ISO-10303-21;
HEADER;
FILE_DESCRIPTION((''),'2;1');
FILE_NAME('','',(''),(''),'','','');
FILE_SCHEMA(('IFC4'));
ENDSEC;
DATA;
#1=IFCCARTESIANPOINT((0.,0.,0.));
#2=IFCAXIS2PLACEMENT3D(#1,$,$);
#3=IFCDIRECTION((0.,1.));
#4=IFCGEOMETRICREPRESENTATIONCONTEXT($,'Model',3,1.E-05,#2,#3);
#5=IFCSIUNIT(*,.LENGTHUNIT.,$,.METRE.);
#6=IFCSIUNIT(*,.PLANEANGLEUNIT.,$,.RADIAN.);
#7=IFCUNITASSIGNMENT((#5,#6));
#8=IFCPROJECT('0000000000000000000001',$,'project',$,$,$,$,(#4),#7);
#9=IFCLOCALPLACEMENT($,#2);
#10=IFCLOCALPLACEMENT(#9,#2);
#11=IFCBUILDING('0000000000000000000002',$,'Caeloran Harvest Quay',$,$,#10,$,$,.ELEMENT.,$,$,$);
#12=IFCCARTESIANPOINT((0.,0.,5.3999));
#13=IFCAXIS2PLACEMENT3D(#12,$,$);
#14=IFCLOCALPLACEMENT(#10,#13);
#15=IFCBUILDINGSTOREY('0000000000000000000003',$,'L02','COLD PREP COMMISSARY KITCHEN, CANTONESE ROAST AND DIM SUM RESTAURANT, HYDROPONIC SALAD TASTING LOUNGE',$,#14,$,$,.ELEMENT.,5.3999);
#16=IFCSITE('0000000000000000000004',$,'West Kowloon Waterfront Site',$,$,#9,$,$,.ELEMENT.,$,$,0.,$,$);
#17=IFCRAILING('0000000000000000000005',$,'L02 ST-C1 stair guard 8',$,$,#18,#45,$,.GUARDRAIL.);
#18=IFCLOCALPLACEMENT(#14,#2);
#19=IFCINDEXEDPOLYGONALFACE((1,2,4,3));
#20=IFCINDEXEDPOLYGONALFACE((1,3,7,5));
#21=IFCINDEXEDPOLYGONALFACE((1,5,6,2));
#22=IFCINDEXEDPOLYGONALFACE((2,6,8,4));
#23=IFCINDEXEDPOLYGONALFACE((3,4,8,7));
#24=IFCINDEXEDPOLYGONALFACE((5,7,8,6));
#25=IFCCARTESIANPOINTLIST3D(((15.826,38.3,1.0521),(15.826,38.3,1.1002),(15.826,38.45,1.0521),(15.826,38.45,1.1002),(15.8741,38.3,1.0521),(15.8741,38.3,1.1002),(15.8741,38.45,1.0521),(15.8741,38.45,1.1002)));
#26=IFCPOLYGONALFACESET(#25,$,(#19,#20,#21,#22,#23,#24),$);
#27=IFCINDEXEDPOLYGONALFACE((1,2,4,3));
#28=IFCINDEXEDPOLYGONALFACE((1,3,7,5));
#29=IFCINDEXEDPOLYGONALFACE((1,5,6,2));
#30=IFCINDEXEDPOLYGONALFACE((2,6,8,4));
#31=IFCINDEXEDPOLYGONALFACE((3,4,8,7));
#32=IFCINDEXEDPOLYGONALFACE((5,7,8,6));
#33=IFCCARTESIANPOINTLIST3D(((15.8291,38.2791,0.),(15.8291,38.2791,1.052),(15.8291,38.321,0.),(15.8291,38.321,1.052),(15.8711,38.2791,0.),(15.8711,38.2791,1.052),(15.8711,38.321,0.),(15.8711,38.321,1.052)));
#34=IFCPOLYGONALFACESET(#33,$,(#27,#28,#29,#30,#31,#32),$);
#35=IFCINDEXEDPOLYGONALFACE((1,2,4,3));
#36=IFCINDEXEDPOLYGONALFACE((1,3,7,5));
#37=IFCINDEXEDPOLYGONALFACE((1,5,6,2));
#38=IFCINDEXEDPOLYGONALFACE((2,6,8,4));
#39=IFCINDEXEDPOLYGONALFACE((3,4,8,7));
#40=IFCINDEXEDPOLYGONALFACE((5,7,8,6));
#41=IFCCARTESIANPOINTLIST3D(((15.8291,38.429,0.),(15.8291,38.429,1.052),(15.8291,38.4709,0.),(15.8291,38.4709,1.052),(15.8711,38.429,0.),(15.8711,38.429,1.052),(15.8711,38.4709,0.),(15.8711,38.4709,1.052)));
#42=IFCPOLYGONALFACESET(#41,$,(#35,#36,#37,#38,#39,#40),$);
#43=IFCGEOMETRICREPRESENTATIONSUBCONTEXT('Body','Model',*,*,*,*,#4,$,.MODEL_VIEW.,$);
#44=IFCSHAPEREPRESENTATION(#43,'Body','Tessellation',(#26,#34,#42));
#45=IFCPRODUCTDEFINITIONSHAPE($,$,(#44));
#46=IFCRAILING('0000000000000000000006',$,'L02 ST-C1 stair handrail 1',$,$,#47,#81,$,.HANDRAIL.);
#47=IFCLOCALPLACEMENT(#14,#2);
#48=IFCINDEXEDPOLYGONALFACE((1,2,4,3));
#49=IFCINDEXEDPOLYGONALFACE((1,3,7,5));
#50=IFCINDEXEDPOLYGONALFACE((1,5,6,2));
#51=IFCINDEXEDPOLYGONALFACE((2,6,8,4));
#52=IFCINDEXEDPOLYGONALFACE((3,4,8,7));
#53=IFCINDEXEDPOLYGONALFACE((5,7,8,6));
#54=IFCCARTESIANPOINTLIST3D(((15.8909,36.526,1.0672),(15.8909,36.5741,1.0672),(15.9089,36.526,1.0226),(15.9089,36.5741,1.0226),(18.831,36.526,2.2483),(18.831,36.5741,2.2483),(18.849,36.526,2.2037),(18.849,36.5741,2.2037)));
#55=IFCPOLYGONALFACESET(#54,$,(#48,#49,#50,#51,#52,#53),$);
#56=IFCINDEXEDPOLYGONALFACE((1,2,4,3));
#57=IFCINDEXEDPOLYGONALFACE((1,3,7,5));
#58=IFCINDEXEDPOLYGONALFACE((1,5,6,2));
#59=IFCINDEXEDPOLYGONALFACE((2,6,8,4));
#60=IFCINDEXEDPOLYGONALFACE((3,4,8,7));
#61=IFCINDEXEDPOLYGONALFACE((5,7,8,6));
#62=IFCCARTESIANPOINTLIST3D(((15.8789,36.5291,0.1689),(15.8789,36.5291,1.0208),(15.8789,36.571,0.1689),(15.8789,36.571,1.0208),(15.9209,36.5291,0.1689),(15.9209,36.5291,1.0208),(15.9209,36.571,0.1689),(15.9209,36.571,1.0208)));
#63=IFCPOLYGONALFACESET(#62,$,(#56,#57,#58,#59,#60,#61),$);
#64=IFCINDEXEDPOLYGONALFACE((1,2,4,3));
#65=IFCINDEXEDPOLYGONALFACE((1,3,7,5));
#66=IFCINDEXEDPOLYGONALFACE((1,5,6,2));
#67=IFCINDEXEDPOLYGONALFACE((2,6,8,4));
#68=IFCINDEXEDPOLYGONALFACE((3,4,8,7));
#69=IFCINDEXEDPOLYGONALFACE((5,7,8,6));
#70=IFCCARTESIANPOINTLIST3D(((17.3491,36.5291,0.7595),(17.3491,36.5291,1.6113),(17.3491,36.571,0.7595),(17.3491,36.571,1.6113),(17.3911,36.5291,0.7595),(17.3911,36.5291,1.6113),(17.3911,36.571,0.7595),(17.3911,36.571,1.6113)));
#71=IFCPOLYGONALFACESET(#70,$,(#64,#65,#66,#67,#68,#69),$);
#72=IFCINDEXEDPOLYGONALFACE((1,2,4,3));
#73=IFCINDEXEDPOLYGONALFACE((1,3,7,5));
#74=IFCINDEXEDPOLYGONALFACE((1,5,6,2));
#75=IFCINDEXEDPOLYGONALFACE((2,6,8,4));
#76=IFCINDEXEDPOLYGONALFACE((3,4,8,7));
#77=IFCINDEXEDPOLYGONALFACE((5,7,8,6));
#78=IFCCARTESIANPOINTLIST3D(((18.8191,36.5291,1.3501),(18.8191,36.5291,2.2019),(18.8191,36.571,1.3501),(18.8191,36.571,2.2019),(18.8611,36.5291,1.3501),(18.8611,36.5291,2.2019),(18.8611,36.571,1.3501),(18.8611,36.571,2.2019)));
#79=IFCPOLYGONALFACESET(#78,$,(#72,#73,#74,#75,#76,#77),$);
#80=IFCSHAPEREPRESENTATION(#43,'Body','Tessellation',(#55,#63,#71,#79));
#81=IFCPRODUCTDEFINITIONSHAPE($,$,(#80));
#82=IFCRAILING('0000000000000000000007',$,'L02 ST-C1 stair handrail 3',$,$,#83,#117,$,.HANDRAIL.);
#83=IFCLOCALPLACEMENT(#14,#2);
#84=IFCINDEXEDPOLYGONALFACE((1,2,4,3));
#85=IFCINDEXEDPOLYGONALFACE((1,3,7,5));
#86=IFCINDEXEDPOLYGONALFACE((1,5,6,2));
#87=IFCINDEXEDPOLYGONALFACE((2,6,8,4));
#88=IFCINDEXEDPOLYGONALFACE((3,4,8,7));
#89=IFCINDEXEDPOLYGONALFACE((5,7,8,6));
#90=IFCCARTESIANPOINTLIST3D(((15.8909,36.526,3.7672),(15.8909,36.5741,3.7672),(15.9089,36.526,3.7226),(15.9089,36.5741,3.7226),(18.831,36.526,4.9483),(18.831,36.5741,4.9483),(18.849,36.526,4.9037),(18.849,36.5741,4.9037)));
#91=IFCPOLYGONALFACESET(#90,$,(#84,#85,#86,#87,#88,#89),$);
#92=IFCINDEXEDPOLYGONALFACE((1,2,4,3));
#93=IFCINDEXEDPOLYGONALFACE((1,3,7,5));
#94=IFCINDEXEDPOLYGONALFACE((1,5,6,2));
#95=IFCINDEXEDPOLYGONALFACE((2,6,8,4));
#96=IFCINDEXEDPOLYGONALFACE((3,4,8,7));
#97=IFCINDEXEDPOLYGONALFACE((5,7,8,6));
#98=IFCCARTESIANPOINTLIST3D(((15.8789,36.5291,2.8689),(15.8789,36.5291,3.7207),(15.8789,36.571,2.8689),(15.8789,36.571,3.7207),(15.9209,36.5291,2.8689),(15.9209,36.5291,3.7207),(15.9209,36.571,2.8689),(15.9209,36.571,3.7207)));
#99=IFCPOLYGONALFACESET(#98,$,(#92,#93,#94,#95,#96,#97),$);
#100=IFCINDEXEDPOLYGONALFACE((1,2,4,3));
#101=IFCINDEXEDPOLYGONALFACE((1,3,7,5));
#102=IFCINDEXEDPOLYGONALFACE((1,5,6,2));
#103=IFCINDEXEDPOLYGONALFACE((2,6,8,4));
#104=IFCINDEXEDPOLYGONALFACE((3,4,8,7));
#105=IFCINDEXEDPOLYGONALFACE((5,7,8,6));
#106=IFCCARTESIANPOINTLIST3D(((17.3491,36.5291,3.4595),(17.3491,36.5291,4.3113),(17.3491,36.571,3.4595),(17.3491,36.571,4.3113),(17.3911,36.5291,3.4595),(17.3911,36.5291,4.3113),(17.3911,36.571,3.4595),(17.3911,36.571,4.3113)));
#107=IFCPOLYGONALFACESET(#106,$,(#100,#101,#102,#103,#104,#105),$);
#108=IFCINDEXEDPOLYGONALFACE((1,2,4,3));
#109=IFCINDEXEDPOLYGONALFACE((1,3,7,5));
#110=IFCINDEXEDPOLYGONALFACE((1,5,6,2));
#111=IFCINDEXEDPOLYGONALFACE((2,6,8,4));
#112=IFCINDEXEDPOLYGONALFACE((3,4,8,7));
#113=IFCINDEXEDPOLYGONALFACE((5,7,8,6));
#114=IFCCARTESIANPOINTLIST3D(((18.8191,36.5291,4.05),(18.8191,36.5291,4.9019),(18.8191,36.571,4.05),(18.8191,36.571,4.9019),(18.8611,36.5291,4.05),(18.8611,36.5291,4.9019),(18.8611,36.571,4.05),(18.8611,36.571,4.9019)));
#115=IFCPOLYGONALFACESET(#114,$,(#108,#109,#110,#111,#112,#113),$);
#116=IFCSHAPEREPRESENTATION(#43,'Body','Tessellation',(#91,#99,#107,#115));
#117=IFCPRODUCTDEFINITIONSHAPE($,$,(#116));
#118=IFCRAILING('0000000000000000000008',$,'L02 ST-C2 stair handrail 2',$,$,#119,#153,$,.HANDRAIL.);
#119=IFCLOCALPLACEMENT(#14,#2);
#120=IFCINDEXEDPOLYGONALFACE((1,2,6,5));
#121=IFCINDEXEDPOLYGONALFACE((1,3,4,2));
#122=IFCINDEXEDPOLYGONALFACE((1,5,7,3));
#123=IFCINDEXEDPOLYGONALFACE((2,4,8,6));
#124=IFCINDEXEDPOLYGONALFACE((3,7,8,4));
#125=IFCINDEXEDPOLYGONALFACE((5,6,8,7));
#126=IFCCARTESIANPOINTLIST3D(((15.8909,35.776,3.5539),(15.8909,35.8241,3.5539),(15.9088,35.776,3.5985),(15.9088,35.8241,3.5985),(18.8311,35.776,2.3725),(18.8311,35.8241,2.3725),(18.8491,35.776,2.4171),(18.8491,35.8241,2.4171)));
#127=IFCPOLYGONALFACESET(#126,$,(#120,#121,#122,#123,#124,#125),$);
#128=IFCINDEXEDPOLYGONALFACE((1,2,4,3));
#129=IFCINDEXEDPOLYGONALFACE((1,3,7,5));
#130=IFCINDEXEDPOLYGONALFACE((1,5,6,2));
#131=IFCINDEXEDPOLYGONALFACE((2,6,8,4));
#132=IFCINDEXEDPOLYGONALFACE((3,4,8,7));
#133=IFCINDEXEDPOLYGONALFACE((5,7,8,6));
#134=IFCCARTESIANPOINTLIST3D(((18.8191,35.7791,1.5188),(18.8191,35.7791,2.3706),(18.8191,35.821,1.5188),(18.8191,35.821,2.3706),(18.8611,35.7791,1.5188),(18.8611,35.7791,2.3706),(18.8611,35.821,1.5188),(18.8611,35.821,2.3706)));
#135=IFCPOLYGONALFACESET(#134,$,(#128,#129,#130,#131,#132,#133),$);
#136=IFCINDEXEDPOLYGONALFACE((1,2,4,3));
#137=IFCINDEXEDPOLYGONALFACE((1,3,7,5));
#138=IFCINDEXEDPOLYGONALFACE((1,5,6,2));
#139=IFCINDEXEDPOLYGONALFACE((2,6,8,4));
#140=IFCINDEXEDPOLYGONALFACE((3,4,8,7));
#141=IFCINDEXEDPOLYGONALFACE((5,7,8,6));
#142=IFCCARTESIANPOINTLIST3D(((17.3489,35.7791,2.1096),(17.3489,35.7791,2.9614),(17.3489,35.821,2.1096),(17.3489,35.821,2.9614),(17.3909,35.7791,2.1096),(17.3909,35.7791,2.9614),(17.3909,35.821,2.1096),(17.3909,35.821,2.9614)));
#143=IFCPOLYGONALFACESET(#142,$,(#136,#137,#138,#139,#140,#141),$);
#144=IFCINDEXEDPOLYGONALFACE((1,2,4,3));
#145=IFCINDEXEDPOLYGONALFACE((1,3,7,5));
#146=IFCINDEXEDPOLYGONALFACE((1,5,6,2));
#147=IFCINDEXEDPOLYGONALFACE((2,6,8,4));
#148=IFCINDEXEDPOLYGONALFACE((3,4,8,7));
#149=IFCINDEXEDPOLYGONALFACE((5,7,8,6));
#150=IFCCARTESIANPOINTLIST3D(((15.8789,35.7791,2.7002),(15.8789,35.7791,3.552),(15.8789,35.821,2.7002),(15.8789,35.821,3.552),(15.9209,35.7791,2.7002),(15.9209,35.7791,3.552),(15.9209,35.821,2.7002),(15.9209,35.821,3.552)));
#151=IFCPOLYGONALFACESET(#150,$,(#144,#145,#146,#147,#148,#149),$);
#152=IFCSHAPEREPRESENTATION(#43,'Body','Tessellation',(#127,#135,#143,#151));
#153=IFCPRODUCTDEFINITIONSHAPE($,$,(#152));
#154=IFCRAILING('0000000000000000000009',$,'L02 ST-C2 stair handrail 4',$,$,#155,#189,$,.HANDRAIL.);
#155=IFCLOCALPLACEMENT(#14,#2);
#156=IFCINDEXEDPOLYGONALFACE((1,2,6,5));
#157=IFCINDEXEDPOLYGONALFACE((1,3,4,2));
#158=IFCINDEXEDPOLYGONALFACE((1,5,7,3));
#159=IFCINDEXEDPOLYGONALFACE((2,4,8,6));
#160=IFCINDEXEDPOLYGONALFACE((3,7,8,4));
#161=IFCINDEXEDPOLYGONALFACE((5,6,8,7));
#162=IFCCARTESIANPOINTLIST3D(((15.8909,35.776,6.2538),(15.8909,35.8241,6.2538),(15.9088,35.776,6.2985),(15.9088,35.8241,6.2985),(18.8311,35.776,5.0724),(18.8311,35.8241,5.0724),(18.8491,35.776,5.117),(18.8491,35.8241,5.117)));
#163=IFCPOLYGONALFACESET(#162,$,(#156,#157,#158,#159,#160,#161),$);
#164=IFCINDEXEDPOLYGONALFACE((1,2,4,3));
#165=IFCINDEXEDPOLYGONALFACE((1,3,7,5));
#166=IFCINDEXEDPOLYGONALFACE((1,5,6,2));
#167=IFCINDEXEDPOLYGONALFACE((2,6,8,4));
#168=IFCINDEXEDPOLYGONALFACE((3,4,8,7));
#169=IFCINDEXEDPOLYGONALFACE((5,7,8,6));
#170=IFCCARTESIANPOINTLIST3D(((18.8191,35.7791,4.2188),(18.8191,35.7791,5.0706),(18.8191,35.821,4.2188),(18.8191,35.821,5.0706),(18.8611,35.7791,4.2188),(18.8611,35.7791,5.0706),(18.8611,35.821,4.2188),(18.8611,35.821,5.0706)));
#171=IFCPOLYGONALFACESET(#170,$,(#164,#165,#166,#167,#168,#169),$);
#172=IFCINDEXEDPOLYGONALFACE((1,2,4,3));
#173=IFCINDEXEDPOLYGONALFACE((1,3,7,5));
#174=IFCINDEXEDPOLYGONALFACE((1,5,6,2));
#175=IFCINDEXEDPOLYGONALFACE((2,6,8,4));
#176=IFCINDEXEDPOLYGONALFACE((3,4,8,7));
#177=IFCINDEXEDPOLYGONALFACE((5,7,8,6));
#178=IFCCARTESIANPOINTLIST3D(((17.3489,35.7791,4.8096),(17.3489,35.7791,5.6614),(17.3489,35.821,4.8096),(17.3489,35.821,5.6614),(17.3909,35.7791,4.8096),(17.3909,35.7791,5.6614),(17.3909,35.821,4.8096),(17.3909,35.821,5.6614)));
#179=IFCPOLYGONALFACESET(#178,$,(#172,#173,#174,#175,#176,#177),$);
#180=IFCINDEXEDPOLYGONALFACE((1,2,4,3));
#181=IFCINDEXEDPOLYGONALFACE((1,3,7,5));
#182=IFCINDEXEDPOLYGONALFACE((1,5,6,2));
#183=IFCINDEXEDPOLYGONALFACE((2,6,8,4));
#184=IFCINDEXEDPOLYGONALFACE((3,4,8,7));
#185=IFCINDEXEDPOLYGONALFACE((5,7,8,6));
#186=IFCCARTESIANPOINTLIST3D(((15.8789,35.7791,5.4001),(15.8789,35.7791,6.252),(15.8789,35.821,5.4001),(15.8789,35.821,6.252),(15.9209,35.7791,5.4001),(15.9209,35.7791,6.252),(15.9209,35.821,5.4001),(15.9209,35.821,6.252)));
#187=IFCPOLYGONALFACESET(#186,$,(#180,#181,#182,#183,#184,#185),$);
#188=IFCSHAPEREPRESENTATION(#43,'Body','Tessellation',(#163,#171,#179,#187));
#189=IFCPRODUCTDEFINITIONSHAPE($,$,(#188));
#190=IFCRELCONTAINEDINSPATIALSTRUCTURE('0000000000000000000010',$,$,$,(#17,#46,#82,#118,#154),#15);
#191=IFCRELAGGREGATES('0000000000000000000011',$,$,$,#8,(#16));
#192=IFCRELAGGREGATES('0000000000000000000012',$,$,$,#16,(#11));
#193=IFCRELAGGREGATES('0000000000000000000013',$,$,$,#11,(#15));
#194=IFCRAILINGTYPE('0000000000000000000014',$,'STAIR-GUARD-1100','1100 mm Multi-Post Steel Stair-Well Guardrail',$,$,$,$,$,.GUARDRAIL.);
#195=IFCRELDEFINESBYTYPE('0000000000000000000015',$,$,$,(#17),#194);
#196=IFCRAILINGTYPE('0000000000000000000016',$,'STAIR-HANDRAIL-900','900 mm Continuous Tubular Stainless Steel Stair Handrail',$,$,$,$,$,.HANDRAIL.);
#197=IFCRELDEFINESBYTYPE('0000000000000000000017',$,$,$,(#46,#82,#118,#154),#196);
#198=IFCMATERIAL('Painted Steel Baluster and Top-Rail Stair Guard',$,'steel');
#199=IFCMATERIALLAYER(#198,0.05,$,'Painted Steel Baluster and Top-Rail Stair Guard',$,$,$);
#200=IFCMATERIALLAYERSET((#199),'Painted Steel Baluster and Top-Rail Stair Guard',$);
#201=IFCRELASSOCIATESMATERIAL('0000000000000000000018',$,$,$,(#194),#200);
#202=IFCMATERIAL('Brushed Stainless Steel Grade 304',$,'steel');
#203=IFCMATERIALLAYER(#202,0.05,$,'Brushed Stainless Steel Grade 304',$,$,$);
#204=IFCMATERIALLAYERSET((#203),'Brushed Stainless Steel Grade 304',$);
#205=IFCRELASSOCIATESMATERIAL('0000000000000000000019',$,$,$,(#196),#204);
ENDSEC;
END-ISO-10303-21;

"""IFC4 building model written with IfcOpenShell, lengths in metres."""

from ifc_helpers import new_model, si_unit, direction, frame, origin, origin_2d, place, context, subcontext, project, spatial, rectangle, extrude, material, layer, layer_set, type_object, element, save


model = new_model("IFC4")

# Units and contexts
model_context = context("Model", 3, precision=1e-05, world=origin(), true_north=direction((0.0, 1.0)))
body_context = subcontext(model_context, "Body", "Model", "MODEL_VIEW")
ifc_project = project(units=[si_unit("LENGTHUNIT", "METRE"), si_unit("PLANEANGLEUNIT", "RADIAN")], contexts=[model_context])

# Site, building, storey
site_placement = place(None, origin())
site = spatial("IfcSite", under=ifc_project, at=site_placement, Name="West Kowloon Waterfront Site", CompositionType="ELEMENT", RefElevation=0.0)
building_placement = place(site_placement, origin())
building = spatial("IfcBuilding", under=site, at=building_placement, Name="Caeloran Harvest Quay", CompositionType="ELEMENT")
storey_placement = place(building_placement, frame((0.0, 0.0, 5.3999)))
storey = spatial("IfcBuildingStorey", under=building, at=storey_placement, Name="L02", Description="COLD PREP COMMISSARY KITCHEN, CANTONESE ROAST AND DIM SUM RESTAURANT, HYDROPONIC SALAD TASTING LOUNGE", CompositionType="ELEMENT", Elevation=5.3999)

# Railings
ifc_material_1 = material(Name="Painted Steel Baluster and Top-Rail Stair Guard", Category="steel")
ifc_layer_1 = layer(ifc_material_1, 0.05, Name="Painted Steel Baluster and Top-Rail Stair Guard")
ifc_layer_set_1 = layer_set([ifc_layer_1], Name="Painted Steel Baluster and Top-Rail Stair Guard")
railing_type_1 = type_object("IfcRailingType", Name="STAIR-GUARD-1100", Description="1100 mm Multi-Post Steel Stair-Well Guardrail", PredefinedType="GUARDRAIL", material=ifc_layer_set_1)
railing_1_placement = place(storey_placement, frame((15.8501, 38.3, 0.0)))
element("IfcRailing", 1, at=railing_1_placement, inside=storey, type_object=railing_type_1, Name="L02 ST-C1 stair guard 8", PredefinedType="GUARDRAIL", context=body_context, shape_type="SweptSolid", body=[
    extrude(rectangle(XDim=0.0481, YDim=0.0481, at=origin_2d()), frame((0.0, 0.0, 1.0762), z_axis=(0.0, 1.0, 0.0), x_axis=(-1.0, 0.0, 0.0)), (0.0, 0.0, 1.0), 0.1499),
    extrude(rectangle(XDim=0.042, YDim=0.042, at=origin_2d()), origin(), (0.0, 0.0, 1.0), 1.052),
    extrude(rectangle(XDim=0.042, YDim=0.042, at=origin_2d()), frame((0.0, 0.1499, 0.0)), (0.0, 0.0, 1.0), 1.052),
])
ifc_material_2 = material(Name="Brushed Stainless Steel Grade 304", Category="steel")
ifc_layer_2 = layer(ifc_material_2, 0.05, Name="Brushed Stainless Steel Grade 304")
ifc_layer_set_2 = layer_set([ifc_layer_2], Name="Brushed Stainless Steel Grade 304")
railing_type_2 = type_object("IfcRailingType", Name="STAIR-HANDRAIL-900", Description="900 mm Continuous Tubular Stainless Steel Stair Handrail", PredefinedType="HANDRAIL", material=ifc_layer_set_2)
for number, where, name in (
    (2, (15.8999, 36.55, 0.1689), "L02 ST-C1 stair handrail 1"),
    (3, (15.8999, 36.55, 2.8689), "L02 ST-C1 stair handrail 3"),
):
    element("IfcRailing", number, at=place(storey_placement, frame(where)), inside=storey, type_object=railing_type_2, Name=name, PredefinedType="HANDRAIL", context=body_context, shape_type="SweptSolid", body=[
        extrude(rectangle(XDim=0.0481, YDim=0.0481, at=origin_2d()), frame((0.0, 0.0, 0.876), z_axis=(0.927923, 0.0, 0.372772), x_axis=(0.0, 1.0, 0.0)), (0.0, 0.0, 1.0), 3.1685),
        extrude(rectangle(XDim=0.042, YDim=0.042, at=origin_2d()), origin(), (0.0, 0.0, 1.0), 0.8518),
        extrude(rectangle(XDim=0.042, YDim=0.042, at=origin_2d()), frame((1.4702, 0.0, 0.5906)), (0.0, 0.0, 1.0), 0.8518),
        extrude(rectangle(XDim=0.042, YDim=0.042, at=origin_2d()), frame((2.9402, 0.0, 1.1812)), (0.0, 0.0, 1.0), 0.8518),
    ])
for number, where, name in (
    (4, (18.8401, 35.8, 1.5188), "L02 ST-C2 stair handrail 2"),
    (5, (18.8401, 35.8, 4.2188), "L02 ST-C2 stair handrail 4"),
):
    element("IfcRailing", number, at=place(storey_placement, frame(where)), inside=storey, type_object=railing_type_2, Name=name, PredefinedType="HANDRAIL", context=body_context, shape_type="SweptSolid", body=[
        extrude(rectangle(XDim=0.0481, YDim=0.0481, at=origin_2d()), frame((0.0, 0.0, 0.876), z_axis=(-0.927896, 0.0, 0.372838), x_axis=(0.0, -1.0, 0.0)), (0.0, 0.0, 1.0), 3.1687),
        extrude(rectangle(XDim=0.042, YDim=0.042, at=origin_2d()), origin(), (0.0, 0.0, 1.0), 0.8518),
        extrude(rectangle(XDim=0.042, YDim=0.042, at=origin_2d()), frame((-1.4702, 0.0, 0.5908)), (0.0, 0.0, 1.0), 0.8518),
        extrude(rectangle(XDim=0.042, YDim=0.042, at=origin_2d()), frame((-2.9402, 0.0, 1.1814)), (0.0, 0.0, 1.0), 0.8518),
    ])

save(model, "model.ifc")
